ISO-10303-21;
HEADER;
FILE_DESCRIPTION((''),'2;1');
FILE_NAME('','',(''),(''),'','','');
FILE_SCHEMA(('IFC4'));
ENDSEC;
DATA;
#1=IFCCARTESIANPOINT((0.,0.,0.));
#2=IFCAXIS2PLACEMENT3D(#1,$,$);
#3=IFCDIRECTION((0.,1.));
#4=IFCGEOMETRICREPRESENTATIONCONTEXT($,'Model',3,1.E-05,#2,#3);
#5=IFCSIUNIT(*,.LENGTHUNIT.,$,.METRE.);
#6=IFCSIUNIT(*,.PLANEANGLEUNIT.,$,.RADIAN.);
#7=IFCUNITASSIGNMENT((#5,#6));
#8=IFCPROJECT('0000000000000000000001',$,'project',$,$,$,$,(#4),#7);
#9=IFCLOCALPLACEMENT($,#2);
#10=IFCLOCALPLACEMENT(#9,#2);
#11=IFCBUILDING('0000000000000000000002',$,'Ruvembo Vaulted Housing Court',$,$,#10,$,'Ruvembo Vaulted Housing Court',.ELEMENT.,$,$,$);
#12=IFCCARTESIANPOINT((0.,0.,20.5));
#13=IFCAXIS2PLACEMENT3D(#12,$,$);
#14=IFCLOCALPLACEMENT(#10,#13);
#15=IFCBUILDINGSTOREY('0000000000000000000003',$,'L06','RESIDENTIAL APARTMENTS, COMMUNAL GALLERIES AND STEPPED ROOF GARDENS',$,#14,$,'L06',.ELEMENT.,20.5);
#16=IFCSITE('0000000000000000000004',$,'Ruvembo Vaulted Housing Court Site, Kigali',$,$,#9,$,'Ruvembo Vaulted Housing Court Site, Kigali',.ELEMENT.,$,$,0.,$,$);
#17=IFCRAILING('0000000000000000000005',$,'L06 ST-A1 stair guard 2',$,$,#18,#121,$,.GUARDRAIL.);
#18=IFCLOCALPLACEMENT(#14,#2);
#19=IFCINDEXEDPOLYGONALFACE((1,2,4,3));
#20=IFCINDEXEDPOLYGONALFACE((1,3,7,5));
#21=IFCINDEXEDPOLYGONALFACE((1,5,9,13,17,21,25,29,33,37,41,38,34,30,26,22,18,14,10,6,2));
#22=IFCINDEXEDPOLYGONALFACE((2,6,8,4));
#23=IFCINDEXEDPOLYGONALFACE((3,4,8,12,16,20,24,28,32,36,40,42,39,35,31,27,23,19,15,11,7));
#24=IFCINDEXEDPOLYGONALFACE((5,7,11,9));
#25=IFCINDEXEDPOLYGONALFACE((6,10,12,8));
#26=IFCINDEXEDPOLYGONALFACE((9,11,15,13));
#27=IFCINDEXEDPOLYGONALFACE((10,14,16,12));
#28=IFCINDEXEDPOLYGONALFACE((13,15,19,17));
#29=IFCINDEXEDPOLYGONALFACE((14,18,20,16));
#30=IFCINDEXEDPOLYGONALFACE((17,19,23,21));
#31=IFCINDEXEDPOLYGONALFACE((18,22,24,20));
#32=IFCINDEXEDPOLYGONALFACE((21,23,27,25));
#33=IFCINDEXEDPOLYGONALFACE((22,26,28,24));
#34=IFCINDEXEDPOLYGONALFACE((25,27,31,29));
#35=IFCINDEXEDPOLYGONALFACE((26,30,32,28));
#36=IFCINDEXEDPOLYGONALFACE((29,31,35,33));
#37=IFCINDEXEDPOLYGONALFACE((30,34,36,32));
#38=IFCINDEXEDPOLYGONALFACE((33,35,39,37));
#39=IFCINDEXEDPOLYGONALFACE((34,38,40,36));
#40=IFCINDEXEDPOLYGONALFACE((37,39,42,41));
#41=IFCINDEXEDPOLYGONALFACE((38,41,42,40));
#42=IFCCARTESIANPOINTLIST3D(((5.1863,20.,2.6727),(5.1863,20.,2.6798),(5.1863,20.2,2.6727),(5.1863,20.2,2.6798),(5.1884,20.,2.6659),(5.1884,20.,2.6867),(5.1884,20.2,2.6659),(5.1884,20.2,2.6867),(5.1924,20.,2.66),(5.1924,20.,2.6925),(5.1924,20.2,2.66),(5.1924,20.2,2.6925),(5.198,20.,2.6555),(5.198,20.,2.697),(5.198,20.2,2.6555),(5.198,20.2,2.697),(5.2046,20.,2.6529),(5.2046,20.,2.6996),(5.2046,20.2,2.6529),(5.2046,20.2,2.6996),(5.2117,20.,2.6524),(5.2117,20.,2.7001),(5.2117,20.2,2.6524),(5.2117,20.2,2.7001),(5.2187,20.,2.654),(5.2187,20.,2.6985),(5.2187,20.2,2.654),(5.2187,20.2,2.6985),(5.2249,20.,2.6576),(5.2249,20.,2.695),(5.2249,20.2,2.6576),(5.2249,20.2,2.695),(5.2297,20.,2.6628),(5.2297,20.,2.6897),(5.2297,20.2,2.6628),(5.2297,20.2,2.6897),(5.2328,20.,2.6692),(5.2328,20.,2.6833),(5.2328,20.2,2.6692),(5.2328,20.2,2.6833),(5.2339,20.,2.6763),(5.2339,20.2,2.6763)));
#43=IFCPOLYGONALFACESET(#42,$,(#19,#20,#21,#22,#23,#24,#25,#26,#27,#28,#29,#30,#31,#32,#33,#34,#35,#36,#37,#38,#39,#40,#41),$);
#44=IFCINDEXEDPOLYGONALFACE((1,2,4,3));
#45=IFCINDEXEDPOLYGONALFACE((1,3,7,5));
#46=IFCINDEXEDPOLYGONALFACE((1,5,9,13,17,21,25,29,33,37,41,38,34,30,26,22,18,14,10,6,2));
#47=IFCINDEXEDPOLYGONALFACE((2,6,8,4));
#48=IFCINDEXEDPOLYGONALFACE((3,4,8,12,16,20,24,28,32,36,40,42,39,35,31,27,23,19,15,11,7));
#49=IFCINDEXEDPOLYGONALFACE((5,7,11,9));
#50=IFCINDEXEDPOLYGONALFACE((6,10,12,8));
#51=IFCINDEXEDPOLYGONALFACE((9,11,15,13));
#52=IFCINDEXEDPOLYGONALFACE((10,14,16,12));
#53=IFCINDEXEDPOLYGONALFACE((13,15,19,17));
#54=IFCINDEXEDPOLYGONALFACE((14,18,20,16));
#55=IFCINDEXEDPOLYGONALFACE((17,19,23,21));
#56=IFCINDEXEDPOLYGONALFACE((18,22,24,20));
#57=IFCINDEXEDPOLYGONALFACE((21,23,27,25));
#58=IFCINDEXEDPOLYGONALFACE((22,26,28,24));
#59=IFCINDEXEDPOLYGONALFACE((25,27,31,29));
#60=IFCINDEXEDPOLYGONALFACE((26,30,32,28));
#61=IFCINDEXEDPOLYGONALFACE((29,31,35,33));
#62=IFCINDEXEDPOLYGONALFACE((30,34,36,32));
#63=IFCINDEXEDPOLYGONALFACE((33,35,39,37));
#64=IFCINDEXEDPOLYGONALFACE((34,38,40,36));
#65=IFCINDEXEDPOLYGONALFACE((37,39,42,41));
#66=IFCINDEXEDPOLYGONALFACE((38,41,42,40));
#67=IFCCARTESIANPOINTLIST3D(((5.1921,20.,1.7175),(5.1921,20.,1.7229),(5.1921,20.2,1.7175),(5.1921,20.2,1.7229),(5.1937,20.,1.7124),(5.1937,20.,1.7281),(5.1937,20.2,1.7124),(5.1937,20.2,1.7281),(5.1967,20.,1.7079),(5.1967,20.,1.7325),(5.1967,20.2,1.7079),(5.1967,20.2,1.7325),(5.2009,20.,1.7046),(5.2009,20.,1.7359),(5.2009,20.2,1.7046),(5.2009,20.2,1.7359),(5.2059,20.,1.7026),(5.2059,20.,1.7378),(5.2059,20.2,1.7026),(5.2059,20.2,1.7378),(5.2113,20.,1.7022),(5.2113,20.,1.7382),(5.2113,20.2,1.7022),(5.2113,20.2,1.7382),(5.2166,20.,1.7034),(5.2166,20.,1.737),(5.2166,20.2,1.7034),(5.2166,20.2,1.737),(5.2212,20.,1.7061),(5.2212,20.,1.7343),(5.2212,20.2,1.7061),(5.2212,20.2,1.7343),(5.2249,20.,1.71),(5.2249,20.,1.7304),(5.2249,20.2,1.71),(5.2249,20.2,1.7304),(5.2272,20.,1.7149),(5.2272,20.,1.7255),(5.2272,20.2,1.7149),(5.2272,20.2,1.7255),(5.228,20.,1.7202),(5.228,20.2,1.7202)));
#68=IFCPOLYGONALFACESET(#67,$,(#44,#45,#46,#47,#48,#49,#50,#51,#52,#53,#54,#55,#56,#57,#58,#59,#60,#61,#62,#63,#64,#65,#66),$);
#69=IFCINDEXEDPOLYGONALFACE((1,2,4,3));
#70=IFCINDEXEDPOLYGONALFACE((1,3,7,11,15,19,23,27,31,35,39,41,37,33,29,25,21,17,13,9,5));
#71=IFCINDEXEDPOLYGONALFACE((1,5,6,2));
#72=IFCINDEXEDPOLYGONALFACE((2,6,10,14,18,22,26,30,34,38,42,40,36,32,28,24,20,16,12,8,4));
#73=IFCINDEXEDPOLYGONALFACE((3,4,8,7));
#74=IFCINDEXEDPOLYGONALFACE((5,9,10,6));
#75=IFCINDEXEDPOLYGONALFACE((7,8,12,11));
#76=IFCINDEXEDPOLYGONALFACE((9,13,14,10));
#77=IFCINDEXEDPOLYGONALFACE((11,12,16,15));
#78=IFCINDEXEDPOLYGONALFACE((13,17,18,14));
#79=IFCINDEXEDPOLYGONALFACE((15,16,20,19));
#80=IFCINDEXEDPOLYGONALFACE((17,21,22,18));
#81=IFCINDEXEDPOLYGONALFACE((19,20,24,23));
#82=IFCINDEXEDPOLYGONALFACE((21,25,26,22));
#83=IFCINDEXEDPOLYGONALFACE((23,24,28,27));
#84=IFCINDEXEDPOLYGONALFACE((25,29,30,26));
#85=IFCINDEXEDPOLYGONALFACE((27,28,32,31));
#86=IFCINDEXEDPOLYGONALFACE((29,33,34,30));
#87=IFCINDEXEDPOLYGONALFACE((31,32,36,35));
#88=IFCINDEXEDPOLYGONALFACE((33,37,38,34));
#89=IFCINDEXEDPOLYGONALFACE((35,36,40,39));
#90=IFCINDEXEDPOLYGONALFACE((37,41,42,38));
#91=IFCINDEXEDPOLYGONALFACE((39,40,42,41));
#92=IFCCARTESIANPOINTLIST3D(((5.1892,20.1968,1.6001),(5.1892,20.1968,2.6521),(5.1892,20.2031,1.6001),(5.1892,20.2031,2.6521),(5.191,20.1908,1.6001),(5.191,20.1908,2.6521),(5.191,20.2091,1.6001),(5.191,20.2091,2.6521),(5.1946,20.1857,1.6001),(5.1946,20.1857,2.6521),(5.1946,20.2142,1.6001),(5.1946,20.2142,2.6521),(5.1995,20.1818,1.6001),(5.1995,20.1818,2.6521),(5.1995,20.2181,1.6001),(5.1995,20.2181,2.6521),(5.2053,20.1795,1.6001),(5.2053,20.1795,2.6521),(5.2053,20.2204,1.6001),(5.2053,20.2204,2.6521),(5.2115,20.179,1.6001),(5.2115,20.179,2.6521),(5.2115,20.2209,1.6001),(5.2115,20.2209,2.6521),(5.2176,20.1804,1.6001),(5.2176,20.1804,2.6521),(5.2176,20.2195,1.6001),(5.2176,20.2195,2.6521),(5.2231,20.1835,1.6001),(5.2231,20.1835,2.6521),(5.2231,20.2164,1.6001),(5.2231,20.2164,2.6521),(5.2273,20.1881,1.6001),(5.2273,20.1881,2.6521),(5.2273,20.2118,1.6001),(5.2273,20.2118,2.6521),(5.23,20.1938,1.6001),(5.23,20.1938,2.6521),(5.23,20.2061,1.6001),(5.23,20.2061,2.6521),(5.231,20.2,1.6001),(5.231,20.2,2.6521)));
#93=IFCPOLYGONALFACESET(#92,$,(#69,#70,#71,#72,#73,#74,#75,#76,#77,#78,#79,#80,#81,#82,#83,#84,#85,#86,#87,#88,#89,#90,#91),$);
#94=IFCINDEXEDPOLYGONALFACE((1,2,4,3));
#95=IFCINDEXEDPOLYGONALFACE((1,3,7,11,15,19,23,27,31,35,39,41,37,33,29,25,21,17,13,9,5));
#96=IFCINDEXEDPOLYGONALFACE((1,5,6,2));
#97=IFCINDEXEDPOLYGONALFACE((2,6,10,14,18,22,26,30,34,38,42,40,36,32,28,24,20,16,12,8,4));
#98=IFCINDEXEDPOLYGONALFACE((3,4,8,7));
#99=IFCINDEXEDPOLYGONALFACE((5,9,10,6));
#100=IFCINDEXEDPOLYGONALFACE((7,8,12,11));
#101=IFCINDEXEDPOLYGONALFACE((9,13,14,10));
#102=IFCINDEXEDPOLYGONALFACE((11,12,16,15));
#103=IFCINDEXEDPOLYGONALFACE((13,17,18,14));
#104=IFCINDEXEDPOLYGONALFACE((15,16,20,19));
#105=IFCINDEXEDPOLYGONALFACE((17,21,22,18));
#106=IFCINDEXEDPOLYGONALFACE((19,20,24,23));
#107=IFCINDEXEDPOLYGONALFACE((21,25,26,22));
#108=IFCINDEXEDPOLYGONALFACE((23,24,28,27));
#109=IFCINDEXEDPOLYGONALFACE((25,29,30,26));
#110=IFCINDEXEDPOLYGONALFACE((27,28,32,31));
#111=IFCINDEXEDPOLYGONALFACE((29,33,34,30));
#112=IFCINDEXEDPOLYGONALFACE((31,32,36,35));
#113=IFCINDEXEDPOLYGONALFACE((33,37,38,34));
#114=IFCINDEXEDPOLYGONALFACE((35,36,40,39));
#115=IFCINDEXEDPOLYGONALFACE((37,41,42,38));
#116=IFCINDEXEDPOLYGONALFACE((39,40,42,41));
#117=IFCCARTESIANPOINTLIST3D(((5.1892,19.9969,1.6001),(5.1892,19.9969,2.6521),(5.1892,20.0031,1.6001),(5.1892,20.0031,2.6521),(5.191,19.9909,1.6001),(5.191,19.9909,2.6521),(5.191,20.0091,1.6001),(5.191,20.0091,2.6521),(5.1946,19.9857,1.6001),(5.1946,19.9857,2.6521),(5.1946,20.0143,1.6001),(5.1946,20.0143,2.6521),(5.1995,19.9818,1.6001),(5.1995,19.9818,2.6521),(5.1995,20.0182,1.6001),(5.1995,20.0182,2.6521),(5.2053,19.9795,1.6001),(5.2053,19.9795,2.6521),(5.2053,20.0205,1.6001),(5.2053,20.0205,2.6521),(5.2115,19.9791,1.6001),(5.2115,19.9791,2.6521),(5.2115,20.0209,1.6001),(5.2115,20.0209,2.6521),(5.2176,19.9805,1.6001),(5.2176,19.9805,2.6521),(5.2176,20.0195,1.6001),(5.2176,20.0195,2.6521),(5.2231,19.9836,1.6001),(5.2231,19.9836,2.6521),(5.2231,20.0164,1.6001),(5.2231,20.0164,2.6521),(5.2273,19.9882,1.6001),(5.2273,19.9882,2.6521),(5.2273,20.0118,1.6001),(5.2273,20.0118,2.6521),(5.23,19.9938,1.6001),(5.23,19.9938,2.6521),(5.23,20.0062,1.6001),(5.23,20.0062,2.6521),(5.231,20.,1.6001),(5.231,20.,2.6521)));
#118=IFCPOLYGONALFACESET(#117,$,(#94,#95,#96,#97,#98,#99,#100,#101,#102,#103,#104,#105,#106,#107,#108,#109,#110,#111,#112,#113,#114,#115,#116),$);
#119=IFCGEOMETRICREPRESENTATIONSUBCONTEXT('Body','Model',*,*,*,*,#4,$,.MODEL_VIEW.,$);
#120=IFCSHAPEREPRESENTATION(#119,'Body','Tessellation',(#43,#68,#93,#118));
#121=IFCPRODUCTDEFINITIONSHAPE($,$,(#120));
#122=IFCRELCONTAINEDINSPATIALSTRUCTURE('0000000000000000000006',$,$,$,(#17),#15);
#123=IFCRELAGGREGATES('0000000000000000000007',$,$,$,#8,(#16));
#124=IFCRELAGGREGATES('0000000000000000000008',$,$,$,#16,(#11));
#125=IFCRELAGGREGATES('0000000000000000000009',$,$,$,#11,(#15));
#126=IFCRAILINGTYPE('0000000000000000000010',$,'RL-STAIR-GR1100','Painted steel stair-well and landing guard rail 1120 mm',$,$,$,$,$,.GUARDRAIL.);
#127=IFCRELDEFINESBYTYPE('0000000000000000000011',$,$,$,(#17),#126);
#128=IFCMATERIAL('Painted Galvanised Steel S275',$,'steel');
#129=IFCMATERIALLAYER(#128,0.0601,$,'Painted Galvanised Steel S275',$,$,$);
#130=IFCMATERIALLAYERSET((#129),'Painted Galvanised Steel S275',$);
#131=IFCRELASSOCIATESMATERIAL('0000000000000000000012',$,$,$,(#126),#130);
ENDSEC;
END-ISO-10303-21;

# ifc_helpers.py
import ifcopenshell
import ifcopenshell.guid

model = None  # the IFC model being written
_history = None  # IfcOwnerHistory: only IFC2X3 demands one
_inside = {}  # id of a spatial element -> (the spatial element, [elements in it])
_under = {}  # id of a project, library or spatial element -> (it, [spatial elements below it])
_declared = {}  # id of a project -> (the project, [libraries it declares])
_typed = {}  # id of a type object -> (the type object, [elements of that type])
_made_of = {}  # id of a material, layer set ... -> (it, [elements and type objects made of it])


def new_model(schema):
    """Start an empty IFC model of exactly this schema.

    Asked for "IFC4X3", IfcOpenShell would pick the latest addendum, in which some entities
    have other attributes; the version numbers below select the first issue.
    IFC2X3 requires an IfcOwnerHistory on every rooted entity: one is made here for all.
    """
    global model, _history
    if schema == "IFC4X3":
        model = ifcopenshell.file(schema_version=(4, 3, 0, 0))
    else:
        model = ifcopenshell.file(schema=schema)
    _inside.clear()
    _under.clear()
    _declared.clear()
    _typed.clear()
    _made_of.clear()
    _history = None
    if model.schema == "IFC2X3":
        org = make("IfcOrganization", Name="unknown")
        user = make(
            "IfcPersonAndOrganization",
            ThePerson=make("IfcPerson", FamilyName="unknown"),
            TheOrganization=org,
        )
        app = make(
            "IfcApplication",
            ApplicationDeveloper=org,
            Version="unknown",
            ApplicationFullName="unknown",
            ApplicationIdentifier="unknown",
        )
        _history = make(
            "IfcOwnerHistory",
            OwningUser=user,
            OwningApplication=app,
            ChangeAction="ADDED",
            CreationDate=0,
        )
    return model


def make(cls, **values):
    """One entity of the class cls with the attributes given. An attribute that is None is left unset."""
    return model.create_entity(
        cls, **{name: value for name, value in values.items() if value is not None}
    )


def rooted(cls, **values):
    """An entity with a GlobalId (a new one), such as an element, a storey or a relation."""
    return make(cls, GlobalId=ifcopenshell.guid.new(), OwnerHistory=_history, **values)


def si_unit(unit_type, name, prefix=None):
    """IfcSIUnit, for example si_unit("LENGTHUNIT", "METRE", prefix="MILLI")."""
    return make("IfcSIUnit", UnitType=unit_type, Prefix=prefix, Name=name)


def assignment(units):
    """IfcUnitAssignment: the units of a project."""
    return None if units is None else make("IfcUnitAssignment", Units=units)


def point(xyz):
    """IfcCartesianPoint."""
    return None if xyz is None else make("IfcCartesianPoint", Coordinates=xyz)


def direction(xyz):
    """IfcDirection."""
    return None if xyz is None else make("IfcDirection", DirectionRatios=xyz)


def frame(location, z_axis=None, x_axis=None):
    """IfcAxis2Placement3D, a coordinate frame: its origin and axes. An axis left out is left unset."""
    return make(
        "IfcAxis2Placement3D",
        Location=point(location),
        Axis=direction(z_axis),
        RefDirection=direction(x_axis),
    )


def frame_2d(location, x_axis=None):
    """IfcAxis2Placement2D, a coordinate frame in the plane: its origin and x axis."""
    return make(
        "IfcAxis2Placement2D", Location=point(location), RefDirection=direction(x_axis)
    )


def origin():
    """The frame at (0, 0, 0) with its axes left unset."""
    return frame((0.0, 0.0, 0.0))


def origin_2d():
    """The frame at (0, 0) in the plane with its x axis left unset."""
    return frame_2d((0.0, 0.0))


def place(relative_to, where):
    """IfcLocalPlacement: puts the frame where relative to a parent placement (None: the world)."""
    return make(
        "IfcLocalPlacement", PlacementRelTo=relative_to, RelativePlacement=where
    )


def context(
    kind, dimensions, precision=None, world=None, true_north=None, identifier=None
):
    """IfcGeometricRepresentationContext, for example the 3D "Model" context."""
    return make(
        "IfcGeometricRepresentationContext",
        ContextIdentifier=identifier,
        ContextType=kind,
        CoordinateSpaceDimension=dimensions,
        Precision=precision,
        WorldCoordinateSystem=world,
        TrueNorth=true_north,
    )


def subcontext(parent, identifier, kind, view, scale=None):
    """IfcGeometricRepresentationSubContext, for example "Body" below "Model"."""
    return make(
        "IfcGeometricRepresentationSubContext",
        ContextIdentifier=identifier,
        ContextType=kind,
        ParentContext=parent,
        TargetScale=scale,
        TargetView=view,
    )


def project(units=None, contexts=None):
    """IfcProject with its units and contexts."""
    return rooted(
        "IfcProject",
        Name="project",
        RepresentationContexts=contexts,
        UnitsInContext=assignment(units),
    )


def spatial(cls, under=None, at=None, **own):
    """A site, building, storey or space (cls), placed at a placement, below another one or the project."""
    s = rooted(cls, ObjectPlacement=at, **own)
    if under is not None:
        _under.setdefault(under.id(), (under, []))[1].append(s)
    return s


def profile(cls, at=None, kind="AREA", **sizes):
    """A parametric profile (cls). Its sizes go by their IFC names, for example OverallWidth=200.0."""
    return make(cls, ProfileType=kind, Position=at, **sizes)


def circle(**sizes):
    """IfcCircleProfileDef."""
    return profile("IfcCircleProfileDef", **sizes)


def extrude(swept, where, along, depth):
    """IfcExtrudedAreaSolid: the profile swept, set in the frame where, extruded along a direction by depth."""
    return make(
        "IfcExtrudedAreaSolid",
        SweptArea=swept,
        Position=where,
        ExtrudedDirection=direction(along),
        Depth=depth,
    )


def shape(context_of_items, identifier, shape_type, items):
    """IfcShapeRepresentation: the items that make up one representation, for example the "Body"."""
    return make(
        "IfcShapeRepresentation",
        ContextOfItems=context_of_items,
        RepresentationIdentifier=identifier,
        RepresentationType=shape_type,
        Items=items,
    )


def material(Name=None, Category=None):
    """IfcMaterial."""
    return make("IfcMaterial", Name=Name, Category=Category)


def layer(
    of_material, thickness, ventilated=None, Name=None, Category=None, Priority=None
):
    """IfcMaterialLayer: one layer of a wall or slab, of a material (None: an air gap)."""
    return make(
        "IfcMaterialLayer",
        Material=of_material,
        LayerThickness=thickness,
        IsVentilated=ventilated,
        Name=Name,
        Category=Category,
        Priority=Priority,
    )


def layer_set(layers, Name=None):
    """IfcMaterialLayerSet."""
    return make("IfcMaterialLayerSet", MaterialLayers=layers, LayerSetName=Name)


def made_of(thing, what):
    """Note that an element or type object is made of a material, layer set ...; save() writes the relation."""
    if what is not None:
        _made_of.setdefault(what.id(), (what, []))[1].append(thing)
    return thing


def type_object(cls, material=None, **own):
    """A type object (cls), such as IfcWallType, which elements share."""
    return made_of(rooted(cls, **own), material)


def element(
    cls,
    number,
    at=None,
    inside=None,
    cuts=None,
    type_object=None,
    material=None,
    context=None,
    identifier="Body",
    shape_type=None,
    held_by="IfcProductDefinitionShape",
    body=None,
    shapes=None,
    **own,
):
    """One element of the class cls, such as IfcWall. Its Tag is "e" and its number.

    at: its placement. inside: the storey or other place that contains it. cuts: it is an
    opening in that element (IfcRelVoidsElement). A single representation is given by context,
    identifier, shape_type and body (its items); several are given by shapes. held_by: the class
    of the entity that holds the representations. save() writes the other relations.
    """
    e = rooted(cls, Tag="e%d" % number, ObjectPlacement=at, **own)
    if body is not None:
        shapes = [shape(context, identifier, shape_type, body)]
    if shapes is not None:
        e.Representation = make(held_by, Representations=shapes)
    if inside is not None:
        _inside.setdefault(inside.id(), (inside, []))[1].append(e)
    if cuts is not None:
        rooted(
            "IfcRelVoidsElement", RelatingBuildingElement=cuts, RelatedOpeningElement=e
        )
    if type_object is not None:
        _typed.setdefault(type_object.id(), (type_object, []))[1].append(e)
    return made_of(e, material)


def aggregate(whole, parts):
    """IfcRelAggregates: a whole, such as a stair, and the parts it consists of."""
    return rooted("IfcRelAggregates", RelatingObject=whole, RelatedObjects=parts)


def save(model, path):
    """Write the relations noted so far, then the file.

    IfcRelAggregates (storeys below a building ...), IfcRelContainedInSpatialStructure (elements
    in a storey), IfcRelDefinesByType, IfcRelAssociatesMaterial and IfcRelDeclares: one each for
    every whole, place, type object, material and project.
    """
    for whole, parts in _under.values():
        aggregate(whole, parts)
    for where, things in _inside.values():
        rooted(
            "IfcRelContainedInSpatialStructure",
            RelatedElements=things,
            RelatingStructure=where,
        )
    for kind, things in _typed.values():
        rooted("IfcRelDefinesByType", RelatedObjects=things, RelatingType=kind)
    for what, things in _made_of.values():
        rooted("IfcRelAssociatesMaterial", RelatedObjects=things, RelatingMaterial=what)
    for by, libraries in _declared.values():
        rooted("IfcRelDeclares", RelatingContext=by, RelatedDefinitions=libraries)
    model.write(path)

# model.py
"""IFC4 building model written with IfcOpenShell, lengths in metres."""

from ifc_helpers import new_model, si_unit, direction, frame, origin, origin_2d, place, context, subcontext, project, spatial, circle, extrude, material, layer, layer_set, type_object, element, save


model = new_model("IFC4")

# Units and contexts
model_context = context("Model", 3, precision=1e-05, world=origin(), true_north=direction((0.0, 1.0)))
body_context = subcontext(model_context, "Body", "Model", "MODEL_VIEW")
ifc_project = project(units=[si_unit("LENGTHUNIT", "METRE"), si_unit("PLANEANGLEUNIT", "RADIAN")], contexts=[model_context])

# Site, building, storey
site_placement = place(None, origin())
site = spatial("IfcSite", under=ifc_project, at=site_placement, Name="Ruvembo Vaulted Housing Court Site, Kigali", LongName="Ruvembo Vaulted Housing Court Site, Kigali", CompositionType="ELEMENT", RefElevation=0.0)
building_placement = place(site_placement, origin())
building = spatial("IfcBuilding", under=site, at=building_placement, Name="Ruvembo Vaulted Housing Court", LongName="Ruvembo Vaulted Housing Court", CompositionType="ELEMENT")
storey_placement = place(building_placement, frame((0.0, 0.0, 20.5)))
storey = spatial("IfcBuildingStorey", under=building, at=storey_placement, Name="L06", Description="RESIDENTIAL APARTMENTS, COMMUNAL GALLERIES AND STEPPED ROOF GARDENS", LongName="L06", CompositionType="ELEMENT", Elevation=20.5)

# Railing
ifc_material_1 = material(Name="Painted Galvanised Steel S275", Category="steel")
ifc_layer_1 = layer(ifc_material_1, 0.0601, Name="Painted Galvanised Steel S275")
ifc_layer_set_1 = layer_set([ifc_layer_1], Name="Painted Galvanised Steel S275")
railing_type_1 = type_object("IfcRailingType", Name="RL-STAIR-GR1100", Description="Painted steel stair-well and landing guard rail 1120 mm", PredefinedType="GUARDRAIL", material=ifc_layer_set_1)
railing_1_placement = place(storey_placement, frame((5.21, 20.2, 1.6001)))
element("IfcRailing", 1, at=railing_1_placement, inside=storey, type_object=railing_type_1, Name="L06 ST-A1 stair guard 2", PredefinedType="GUARDRAIL", context=body_context, shape_type="SweptSolid", body=[
    extrude(circle(Radius=0.0239, at=origin_2d()), frame((0.0, 0.0, 1.0762), z_axis=(0.0, -1.0, 0.0), x_axis=(1.0, 0.0, 0.0)), (0.0, 0.0, 1.0), 0.2),
    extrude(circle(Radius=0.0181, at=origin_2d()), frame((0.0, 0.0, 0.1201), z_axis=(0.0, -1.0, 0.0), x_axis=(1.0, 0.0, 0.0)), (0.0, 0.0, 1.0), 0.2),
    extrude(circle(Radius=0.021, at=origin_2d()), origin(), (0.0, 0.0, 1.0), 1.052),
    extrude(circle(Radius=0.021, at=origin_2d()), frame((0.0, -0.2, 0.0)), (0.0, 0.0, 1.0), 1.052),
])

save(model, "model.ifc")
